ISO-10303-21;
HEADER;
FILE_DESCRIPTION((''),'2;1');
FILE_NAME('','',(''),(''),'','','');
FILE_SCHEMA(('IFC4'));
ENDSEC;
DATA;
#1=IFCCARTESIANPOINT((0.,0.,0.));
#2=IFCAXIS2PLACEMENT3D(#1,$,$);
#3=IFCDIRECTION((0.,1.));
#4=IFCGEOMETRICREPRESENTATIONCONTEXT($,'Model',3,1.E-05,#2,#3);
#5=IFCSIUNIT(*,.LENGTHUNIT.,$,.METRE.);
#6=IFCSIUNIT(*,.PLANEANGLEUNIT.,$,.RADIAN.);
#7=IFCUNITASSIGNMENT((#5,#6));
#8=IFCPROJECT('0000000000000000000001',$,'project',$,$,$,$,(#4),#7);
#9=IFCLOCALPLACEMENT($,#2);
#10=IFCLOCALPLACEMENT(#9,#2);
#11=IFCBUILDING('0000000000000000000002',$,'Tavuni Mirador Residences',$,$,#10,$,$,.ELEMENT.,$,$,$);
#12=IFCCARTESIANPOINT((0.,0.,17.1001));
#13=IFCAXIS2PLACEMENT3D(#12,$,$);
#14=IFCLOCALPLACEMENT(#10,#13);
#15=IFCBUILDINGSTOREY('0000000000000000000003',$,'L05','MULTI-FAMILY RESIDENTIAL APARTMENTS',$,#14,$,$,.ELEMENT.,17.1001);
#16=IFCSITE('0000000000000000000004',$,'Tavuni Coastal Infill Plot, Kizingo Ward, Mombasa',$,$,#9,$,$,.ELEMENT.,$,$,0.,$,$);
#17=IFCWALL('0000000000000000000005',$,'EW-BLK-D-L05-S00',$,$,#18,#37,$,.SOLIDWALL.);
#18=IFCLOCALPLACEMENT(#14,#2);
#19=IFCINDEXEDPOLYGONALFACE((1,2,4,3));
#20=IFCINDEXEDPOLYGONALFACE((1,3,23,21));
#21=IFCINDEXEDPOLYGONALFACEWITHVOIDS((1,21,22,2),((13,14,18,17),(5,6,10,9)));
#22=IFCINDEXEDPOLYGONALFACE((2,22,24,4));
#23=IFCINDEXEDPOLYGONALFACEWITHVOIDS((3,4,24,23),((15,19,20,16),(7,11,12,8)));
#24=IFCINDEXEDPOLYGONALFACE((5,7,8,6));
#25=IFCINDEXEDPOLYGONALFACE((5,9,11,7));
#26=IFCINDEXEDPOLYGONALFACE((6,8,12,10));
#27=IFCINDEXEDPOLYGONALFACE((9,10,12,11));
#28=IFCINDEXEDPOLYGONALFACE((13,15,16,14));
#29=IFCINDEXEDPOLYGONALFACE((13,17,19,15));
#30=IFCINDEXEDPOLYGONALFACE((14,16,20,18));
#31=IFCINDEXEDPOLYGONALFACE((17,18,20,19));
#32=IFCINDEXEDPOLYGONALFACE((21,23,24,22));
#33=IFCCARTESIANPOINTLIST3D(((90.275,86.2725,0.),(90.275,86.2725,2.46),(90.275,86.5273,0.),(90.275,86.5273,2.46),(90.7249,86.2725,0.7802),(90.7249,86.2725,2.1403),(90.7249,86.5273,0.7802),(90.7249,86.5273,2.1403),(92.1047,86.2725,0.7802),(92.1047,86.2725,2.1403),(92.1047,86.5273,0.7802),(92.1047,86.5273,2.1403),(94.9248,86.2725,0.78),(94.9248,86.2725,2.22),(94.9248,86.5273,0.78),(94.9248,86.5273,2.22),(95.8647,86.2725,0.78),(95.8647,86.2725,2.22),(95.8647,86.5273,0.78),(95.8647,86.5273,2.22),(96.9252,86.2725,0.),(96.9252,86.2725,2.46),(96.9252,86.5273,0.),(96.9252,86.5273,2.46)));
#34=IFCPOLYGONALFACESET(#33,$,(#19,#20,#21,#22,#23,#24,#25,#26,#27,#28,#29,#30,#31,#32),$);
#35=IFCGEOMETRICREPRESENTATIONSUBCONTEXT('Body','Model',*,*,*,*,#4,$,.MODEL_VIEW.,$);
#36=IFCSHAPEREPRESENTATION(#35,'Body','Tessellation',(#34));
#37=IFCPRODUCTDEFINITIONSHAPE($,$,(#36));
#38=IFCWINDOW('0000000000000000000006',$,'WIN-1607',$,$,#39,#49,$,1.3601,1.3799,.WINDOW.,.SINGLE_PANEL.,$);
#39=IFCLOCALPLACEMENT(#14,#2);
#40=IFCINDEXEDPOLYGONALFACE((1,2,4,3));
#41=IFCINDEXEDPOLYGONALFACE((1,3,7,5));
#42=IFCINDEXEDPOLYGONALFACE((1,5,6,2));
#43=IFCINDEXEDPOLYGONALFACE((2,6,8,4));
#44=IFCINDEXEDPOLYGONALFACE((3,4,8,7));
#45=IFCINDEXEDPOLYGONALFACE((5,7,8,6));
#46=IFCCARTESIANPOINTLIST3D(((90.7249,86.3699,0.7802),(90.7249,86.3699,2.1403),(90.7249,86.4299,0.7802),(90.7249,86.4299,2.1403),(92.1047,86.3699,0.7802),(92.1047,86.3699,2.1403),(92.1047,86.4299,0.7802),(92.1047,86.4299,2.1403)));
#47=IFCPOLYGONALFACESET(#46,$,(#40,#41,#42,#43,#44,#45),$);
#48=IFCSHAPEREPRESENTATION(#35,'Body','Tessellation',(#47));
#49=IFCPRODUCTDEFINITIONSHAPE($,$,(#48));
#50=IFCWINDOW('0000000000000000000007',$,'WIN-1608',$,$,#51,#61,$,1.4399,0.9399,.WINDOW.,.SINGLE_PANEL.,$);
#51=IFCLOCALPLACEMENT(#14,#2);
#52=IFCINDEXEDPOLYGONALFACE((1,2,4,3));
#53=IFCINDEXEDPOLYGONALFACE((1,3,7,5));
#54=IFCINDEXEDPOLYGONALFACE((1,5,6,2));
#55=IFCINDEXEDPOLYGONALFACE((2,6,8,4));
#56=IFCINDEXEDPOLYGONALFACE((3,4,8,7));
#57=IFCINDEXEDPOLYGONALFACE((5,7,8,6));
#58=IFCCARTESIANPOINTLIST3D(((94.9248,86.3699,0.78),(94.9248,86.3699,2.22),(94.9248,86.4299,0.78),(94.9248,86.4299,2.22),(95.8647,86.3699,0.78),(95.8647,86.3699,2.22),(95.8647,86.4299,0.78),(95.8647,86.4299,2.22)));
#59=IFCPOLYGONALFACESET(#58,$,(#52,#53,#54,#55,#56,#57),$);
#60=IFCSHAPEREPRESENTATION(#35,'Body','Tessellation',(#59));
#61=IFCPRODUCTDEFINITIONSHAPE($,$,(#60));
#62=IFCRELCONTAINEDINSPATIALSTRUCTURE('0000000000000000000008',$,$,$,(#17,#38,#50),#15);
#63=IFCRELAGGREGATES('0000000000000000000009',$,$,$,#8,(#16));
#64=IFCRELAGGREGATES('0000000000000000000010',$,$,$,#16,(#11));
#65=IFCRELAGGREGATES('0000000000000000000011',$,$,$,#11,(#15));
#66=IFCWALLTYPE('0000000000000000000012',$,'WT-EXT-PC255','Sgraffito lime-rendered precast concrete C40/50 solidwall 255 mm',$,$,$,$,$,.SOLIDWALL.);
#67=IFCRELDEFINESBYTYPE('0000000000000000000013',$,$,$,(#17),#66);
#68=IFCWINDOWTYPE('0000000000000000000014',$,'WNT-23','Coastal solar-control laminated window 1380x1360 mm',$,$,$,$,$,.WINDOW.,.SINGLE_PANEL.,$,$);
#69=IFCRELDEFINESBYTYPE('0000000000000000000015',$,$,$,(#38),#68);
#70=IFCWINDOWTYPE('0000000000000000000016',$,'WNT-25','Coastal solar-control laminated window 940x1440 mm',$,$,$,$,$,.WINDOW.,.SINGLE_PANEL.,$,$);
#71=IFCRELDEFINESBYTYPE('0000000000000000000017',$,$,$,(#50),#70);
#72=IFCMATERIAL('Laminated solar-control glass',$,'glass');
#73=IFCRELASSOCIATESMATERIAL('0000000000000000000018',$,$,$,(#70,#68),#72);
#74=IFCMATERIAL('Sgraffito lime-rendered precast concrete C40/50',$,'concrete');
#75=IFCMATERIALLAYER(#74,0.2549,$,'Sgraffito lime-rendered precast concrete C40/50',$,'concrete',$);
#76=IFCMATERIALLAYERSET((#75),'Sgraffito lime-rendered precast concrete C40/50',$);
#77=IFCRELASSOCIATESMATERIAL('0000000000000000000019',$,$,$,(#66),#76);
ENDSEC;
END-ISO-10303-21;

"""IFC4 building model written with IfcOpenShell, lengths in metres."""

from ifc_helpers import new_model, si_unit, direction, frame, frame_2d, origin, place, context, subcontext, project, spatial, rectangle, extrude, material, layer, layer_set, type_object, element, fill, save


model = new_model("IFC4")

# Units and contexts
model_context = context("Model", 3, precision=1e-05, world=origin(), true_north=direction((0.0, 1.0)))
body_context = subcontext(model_context, "Body", "Model", "MODEL_VIEW")
ifc_project = project(units=[si_unit("LENGTHUNIT", "METRE"), si_unit("PLANEANGLEUNIT", "RADIAN")], contexts=[model_context])

# Site, building, storey
site_placement = place(None, origin())
site = spatial("IfcSite", under=ifc_project, at=site_placement, Name="Tavuni Coastal Infill Plot, Kizingo Ward, Mombasa", CompositionType="ELEMENT", RefElevation=0.0)
building_placement = place(site_placement, origin())
building = spatial("IfcBuilding", under=site, at=building_placement, Name="Tavuni Mirador Residences", CompositionType="ELEMENT")
storey_placement = place(building_placement, frame((0.0, 0.0, 17.1001)))
storey = spatial("IfcBuildingStorey", under=building, at=storey_placement, Name="L05", Description="MULTI-FAMILY RESIDENTIAL APARTMENTS", CompositionType="ELEMENT", Elevation=17.1001)

# Shared definitions
ifc_material_1 = material(Name="Laminated solar-control glass", Category="glass")

# Wall, openings, windows
ifc_material_2 = material(Name="Sgraffito lime-rendered precast concrete C40/50", Category="concrete")
window_type_1 = type_object("IfcWindowType", Name="WNT-25", Description="Coastal solar-control laminated window 940x1440 mm", PartitioningType="SINGLE_PANEL", PredefinedType="WINDOW", material=ifc_material_1)
ifc_layer_1 = layer(ifc_material_2, 0.2549, Name="Sgraffito lime-rendered precast concrete C40/50", Category="concrete")
ifc_layer_set_1 = layer_set([ifc_layer_1], Name="Sgraffito lime-rendered precast concrete C40/50")
wall_type_1 = type_object("IfcWallType", Name="WT-EXT-PC255", Description="Sgraffito lime-rendered precast concrete C40/50 solidwall 255 mm", PredefinedType="SOLIDWALL", material=ifc_layer_set_1)
wall_1_placement = place(storey_placement, frame((90.2749, 86.3999, 0.0), z_axis=(0.0, 0.0, 1.0), x_axis=(1.0, 0.0, 0.0)))
wall_1 = element("IfcWall", 1, at=wall_1_placement, inside=storey, type_object=wall_type_1, Name="EW-BLK-D-L05-S00", PredefinedType="SOLIDWALL", context=body_context, shape_type="SweptSolid", body=[
    extrude(rectangle(XDim=6.6501, YDim=0.2549, at=frame_2d((3.3252, 0.0))), origin(), (0.0, 0.0, 1.0), 2.46),
])
opening_1_placement = place(wall_1_placement, frame((0.45, 0.0, 0.78)))
opening_1 = element("IfcOpeningElement", 2, at=opening_1_placement, cuts=wall_1, PredefinedType="OPENING", context=body_context, shape_type="SweptSolid", body=[
    extrude(rectangle(XDim=1.3799, YDim=1.3601, at=frame_2d((0.6899, 0.6802))), frame((0.0, 0.1375, 0.0), z_axis=(0.0, -1.0, 0.0), x_axis=(1.0, 0.0, 0.0)), (0.0, 0.0, 1.0), 0.2749),
])
opening_2_placement = place(wall_1_placement, frame((4.6499, 0.0, 0.78)))
opening_2 = element("IfcOpeningElement", 3, at=opening_2_placement, cuts=wall_1, PredefinedType="OPENING", context=body_context, shape_type="SweptSolid", body=[
    extrude(rectangle(XDim=0.9399, YDim=1.4399, at=frame_2d((0.47, 0.72))), frame((0.0, 0.1375, 0.0), z_axis=(0.0, -1.0, 0.0), x_axis=(1.0, 0.0, 0.0)), (0.0, 0.0, 1.0), 0.2749),
])
window_type_2 = type_object("IfcWindowType", Name="WNT-23", Description="Coastal solar-control laminated window 1380x1360 mm", PartitioningType="SINGLE_PANEL", PredefinedType="WINDOW", material=ifc_material_1)
window_1_placement = place(opening_1_placement, origin())
window_1 = element("IfcWindow", 4, at=window_1_placement, inside=storey, type_object=window_type_2, Name="WIN-1607", OverallHeight=1.3601, OverallWidth=1.3799, PartitioningType="SINGLE_PANEL", PredefinedType="WINDOW", context=body_context, shape_type="SweptSolid", body=[
    extrude(rectangle(XDim=1.3799, YDim=1.3601, at=frame_2d((0.6899, 0.6802))), frame((0.0, 0.03, 0.0), z_axis=(0.0, -1.0, 0.0), x_axis=(1.0, 0.0, 0.0)), (0.0, 0.0, 1.0), 0.0601),
])
fill(opening_1, window_1)
window_2_placement = place(opening_2_placement, origin())
window_2 = element("IfcWindow", 5, at=window_2_placement, inside=storey, type_object=window_type_1, Name="WIN-1608", OverallHeight=1.4399, OverallWidth=0.9399, PartitioningType="SINGLE_PANEL", PredefinedType="WINDOW", context=body_context, shape_type="SweptSolid", body=[
    extrude(rectangle(XDim=0.9399, YDim=1.4399, at=frame_2d((0.47, 0.72))), frame((0.0, 0.03, 0.0), z_axis=(0.0, -1.0, 0.0), x_axis=(1.0, 0.0, 0.0)), (0.0, 0.0, 1.0), 0.0601),
])
fill(opening_2, window_2)

save(model, "model.ifc")
